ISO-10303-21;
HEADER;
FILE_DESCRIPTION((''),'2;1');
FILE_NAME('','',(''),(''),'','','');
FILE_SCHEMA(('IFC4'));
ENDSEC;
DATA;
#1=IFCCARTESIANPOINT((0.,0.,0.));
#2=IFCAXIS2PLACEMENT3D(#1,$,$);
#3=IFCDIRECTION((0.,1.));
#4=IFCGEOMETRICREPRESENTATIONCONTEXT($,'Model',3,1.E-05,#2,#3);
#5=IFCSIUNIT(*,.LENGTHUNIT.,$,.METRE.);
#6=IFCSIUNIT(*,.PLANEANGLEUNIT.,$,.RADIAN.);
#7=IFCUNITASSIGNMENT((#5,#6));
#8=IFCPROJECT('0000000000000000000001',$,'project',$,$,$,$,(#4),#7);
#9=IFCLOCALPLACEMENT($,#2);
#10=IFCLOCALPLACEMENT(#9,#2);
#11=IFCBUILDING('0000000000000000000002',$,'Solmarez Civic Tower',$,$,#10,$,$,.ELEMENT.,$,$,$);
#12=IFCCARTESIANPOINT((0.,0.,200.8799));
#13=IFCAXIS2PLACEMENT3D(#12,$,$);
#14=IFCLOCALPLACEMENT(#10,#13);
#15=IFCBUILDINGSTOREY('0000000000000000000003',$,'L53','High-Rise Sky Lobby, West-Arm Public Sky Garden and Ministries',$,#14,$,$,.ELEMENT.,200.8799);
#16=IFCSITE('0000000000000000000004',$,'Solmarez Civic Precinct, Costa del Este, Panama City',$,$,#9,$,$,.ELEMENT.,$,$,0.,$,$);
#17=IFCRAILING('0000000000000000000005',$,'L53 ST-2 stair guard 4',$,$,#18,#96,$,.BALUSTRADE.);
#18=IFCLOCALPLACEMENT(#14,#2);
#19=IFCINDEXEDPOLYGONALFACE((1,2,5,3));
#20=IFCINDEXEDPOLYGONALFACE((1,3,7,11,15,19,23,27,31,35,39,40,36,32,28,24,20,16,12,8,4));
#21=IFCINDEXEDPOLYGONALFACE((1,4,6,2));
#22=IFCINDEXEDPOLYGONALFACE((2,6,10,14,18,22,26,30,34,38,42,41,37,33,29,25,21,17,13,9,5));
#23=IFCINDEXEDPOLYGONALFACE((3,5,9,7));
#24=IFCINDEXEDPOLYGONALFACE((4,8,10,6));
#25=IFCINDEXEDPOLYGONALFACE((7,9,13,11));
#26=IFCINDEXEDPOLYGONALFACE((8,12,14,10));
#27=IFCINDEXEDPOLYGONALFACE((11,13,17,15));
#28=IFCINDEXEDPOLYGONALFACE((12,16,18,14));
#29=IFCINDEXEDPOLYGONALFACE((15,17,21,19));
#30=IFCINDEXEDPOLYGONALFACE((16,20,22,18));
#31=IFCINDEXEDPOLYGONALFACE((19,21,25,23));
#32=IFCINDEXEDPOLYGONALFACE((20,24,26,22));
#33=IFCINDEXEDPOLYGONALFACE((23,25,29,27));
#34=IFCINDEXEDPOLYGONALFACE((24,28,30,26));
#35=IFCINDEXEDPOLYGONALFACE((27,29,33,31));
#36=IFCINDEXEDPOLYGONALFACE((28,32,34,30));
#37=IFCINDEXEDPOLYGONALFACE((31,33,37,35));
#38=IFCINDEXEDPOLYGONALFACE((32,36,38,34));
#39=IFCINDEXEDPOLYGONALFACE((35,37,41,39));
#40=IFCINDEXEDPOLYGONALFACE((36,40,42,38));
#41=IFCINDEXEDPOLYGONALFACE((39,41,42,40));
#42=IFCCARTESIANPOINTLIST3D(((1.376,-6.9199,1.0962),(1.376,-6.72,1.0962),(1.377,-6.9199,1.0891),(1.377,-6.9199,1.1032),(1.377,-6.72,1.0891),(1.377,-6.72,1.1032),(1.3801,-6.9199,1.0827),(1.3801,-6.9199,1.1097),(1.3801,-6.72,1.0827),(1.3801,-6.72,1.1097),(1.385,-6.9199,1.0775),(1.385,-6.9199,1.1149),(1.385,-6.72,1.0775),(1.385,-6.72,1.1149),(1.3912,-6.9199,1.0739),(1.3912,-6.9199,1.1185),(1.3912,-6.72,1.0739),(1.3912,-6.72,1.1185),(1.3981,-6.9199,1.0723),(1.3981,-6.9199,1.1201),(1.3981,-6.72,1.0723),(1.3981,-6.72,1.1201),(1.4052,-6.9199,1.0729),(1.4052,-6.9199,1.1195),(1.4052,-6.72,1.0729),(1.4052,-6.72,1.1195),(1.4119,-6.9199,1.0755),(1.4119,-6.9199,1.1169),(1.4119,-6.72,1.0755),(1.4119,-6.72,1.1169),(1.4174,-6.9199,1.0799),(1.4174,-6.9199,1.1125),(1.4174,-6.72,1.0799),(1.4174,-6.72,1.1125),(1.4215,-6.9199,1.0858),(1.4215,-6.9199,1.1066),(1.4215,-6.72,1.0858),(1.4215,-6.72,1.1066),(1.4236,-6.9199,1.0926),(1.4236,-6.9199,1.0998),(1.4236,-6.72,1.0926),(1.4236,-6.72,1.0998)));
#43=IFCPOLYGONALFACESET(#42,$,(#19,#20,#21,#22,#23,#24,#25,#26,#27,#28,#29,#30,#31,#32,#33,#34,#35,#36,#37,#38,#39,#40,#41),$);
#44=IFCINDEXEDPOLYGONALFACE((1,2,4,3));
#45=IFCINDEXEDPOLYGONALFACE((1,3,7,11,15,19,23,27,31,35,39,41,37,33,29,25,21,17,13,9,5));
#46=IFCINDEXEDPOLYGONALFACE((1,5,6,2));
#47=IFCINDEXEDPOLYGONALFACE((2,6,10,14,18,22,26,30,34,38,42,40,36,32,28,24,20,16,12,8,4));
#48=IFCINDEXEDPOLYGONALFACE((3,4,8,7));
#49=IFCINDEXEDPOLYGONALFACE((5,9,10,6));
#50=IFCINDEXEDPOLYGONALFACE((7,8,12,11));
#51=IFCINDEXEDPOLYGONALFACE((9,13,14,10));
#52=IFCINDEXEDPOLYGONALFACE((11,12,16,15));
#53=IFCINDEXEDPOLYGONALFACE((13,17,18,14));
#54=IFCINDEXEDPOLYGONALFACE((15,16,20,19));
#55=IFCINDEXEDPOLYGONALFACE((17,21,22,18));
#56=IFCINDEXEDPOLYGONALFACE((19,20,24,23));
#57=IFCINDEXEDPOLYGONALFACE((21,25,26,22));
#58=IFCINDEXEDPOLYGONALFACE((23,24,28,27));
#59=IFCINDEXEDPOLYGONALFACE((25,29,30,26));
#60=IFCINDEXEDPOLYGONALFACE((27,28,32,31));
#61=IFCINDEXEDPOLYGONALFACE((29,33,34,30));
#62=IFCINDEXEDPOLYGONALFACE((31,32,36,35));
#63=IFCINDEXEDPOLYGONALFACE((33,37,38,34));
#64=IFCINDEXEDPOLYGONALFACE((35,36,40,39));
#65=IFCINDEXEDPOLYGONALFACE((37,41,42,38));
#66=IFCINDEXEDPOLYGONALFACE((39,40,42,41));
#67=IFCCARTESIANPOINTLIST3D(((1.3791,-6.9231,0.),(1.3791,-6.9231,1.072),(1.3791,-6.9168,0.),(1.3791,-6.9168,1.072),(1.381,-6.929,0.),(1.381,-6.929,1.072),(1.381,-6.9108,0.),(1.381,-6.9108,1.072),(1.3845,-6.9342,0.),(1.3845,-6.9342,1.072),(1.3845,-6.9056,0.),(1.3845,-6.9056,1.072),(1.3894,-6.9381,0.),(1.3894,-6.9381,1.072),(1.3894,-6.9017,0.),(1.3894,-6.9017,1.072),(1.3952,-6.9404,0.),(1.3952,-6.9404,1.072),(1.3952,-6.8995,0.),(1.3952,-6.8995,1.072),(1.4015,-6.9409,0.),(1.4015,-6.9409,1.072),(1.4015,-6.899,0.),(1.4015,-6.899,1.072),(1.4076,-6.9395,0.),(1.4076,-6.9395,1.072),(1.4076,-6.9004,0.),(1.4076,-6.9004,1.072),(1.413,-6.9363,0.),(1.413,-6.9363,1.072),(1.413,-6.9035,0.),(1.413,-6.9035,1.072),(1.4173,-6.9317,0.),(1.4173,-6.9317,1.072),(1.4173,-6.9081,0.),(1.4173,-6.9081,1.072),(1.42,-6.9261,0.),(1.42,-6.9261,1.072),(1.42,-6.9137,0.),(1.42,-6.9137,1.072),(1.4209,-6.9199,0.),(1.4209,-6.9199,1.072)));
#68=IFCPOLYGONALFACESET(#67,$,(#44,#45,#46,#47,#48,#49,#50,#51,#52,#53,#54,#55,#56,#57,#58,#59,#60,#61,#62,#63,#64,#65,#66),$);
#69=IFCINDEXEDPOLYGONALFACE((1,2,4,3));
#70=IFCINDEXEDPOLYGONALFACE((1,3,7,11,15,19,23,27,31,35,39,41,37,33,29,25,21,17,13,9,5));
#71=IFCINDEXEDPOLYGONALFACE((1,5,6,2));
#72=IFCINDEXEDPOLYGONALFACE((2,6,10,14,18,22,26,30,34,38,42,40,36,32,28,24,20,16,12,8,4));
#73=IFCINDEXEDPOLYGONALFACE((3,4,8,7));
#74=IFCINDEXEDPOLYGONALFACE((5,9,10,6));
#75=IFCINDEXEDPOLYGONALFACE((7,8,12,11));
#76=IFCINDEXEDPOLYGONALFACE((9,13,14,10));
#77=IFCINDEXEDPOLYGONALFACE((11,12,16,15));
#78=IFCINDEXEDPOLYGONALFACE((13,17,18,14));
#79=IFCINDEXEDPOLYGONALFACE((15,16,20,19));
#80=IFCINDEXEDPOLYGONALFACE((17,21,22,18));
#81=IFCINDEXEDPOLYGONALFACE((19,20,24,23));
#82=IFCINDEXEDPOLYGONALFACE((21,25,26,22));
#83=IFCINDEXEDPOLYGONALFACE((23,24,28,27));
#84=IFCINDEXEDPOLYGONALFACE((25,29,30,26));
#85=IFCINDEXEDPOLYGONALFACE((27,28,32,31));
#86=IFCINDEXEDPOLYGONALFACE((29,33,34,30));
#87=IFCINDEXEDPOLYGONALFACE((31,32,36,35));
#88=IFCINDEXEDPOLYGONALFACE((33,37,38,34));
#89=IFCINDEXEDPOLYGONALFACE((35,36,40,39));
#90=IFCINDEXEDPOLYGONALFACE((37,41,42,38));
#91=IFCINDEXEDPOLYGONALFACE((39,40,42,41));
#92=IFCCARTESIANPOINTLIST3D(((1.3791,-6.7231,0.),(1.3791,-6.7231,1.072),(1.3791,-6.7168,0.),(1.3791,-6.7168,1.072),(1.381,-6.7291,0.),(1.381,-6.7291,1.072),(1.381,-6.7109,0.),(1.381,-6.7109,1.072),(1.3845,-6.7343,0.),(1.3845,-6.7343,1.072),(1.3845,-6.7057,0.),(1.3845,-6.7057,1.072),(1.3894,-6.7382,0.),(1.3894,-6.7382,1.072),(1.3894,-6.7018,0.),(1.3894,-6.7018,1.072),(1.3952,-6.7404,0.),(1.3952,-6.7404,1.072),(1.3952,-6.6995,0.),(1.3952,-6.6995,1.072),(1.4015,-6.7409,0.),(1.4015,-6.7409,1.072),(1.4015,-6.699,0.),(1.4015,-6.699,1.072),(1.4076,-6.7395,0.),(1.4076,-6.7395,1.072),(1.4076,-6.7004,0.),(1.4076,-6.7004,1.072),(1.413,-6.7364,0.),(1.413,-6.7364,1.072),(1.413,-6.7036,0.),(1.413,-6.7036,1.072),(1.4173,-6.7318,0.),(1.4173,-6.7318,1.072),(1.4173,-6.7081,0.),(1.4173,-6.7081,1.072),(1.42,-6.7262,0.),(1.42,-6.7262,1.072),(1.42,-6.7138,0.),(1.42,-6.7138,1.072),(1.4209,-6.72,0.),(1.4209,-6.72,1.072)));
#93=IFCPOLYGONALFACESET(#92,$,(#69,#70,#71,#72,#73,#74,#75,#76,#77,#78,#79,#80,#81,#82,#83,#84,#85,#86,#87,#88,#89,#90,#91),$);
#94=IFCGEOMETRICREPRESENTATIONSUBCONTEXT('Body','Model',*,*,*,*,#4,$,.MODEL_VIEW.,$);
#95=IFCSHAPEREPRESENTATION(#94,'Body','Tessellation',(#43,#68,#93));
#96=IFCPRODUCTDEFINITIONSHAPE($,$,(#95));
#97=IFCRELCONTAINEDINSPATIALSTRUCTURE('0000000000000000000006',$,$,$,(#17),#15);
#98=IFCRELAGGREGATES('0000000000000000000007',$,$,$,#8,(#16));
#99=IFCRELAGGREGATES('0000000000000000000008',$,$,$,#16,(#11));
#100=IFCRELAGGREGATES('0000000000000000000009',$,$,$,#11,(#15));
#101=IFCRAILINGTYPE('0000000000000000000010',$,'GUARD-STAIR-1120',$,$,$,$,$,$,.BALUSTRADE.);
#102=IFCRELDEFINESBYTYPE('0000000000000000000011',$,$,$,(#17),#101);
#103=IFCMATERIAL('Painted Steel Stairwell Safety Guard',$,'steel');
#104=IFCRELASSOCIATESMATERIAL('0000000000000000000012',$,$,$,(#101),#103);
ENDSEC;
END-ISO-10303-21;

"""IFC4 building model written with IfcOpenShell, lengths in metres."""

from ifc_helpers import new_model, si_unit, direction, frame, origin, origin_2d, place, context, subcontext, project, spatial, circle, extrude, material, type_object, element, save


model = new_model("IFC4")

# Units and contexts
model_context = context("Model", 3, precision=1e-05, world=origin(), true_north=direction((0.0, 1.0)))
body_context = subcontext(model_context, "Body", "Model", "MODEL_VIEW")
ifc_project = project(units=[si_unit("LENGTHUNIT", "METRE"), si_unit("PLANEANGLEUNIT", "RADIAN")], contexts=[model_context])

# Site, building, storey
site_placement = place(None, origin())
site = spatial("IfcSite", under=ifc_project, at=site_placement, Name="Solmarez Civic Precinct, Costa del Este, Panama City", CompositionType="ELEMENT", RefElevation=0.0)
building_placement = place(site_placement, origin())
building = spatial("IfcBuilding", under=site, at=building_placement, Name="Solmarez Civic Tower", CompositionType="ELEMENT")
storey_placement = place(building_placement, frame((0.0, 0.0, 200.8799)))
storey = spatial("IfcBuildingStorey", under=building, at=storey_placement, Name="L53", Description="High-Rise Sky Lobby, West-Arm Public Sky Garden and Ministries", CompositionType="ELEMENT", Elevation=200.8799)

# Railing
ifc_material_1 = material(Name="Painted Steel Stairwell Safety Guard", Category="steel")
railing_type_1 = type_object("IfcRailingType", Name="GUARD-STAIR-1120", PredefinedType="BALUSTRADE", material=ifc_material_1)
railing_1_placement = place(storey_placement, frame((1.3999, -6.9199, 0.0)))
element("IfcRailing", 1, at=railing_1_placement, inside=storey, type_object=railing_type_1, Name="L53 ST-2 stair guard 4", PredefinedType="BALUSTRADE", context=body_context, shape_type="SweptSolid", body=[
    extrude(circle(Radius=0.0239, at=origin_2d()), frame((0.0, 0.0, 1.0962), z_axis=(0.0, 1.0, 0.0), x_axis=(-1.0, 0.0, 0.0)), (0.0, 0.0, 1.0), 0.2),
    extrude(circle(Radius=0.021, at=origin_2d()), origin(), (0.0, 0.0, 1.0), 1.072),
    extrude(circle(Radius=0.021, at=origin_2d()), frame((0.0, 0.2, 0.0)), (0.0, 0.0, 1.0), 1.072),
])

save(model, "model.ifc")
